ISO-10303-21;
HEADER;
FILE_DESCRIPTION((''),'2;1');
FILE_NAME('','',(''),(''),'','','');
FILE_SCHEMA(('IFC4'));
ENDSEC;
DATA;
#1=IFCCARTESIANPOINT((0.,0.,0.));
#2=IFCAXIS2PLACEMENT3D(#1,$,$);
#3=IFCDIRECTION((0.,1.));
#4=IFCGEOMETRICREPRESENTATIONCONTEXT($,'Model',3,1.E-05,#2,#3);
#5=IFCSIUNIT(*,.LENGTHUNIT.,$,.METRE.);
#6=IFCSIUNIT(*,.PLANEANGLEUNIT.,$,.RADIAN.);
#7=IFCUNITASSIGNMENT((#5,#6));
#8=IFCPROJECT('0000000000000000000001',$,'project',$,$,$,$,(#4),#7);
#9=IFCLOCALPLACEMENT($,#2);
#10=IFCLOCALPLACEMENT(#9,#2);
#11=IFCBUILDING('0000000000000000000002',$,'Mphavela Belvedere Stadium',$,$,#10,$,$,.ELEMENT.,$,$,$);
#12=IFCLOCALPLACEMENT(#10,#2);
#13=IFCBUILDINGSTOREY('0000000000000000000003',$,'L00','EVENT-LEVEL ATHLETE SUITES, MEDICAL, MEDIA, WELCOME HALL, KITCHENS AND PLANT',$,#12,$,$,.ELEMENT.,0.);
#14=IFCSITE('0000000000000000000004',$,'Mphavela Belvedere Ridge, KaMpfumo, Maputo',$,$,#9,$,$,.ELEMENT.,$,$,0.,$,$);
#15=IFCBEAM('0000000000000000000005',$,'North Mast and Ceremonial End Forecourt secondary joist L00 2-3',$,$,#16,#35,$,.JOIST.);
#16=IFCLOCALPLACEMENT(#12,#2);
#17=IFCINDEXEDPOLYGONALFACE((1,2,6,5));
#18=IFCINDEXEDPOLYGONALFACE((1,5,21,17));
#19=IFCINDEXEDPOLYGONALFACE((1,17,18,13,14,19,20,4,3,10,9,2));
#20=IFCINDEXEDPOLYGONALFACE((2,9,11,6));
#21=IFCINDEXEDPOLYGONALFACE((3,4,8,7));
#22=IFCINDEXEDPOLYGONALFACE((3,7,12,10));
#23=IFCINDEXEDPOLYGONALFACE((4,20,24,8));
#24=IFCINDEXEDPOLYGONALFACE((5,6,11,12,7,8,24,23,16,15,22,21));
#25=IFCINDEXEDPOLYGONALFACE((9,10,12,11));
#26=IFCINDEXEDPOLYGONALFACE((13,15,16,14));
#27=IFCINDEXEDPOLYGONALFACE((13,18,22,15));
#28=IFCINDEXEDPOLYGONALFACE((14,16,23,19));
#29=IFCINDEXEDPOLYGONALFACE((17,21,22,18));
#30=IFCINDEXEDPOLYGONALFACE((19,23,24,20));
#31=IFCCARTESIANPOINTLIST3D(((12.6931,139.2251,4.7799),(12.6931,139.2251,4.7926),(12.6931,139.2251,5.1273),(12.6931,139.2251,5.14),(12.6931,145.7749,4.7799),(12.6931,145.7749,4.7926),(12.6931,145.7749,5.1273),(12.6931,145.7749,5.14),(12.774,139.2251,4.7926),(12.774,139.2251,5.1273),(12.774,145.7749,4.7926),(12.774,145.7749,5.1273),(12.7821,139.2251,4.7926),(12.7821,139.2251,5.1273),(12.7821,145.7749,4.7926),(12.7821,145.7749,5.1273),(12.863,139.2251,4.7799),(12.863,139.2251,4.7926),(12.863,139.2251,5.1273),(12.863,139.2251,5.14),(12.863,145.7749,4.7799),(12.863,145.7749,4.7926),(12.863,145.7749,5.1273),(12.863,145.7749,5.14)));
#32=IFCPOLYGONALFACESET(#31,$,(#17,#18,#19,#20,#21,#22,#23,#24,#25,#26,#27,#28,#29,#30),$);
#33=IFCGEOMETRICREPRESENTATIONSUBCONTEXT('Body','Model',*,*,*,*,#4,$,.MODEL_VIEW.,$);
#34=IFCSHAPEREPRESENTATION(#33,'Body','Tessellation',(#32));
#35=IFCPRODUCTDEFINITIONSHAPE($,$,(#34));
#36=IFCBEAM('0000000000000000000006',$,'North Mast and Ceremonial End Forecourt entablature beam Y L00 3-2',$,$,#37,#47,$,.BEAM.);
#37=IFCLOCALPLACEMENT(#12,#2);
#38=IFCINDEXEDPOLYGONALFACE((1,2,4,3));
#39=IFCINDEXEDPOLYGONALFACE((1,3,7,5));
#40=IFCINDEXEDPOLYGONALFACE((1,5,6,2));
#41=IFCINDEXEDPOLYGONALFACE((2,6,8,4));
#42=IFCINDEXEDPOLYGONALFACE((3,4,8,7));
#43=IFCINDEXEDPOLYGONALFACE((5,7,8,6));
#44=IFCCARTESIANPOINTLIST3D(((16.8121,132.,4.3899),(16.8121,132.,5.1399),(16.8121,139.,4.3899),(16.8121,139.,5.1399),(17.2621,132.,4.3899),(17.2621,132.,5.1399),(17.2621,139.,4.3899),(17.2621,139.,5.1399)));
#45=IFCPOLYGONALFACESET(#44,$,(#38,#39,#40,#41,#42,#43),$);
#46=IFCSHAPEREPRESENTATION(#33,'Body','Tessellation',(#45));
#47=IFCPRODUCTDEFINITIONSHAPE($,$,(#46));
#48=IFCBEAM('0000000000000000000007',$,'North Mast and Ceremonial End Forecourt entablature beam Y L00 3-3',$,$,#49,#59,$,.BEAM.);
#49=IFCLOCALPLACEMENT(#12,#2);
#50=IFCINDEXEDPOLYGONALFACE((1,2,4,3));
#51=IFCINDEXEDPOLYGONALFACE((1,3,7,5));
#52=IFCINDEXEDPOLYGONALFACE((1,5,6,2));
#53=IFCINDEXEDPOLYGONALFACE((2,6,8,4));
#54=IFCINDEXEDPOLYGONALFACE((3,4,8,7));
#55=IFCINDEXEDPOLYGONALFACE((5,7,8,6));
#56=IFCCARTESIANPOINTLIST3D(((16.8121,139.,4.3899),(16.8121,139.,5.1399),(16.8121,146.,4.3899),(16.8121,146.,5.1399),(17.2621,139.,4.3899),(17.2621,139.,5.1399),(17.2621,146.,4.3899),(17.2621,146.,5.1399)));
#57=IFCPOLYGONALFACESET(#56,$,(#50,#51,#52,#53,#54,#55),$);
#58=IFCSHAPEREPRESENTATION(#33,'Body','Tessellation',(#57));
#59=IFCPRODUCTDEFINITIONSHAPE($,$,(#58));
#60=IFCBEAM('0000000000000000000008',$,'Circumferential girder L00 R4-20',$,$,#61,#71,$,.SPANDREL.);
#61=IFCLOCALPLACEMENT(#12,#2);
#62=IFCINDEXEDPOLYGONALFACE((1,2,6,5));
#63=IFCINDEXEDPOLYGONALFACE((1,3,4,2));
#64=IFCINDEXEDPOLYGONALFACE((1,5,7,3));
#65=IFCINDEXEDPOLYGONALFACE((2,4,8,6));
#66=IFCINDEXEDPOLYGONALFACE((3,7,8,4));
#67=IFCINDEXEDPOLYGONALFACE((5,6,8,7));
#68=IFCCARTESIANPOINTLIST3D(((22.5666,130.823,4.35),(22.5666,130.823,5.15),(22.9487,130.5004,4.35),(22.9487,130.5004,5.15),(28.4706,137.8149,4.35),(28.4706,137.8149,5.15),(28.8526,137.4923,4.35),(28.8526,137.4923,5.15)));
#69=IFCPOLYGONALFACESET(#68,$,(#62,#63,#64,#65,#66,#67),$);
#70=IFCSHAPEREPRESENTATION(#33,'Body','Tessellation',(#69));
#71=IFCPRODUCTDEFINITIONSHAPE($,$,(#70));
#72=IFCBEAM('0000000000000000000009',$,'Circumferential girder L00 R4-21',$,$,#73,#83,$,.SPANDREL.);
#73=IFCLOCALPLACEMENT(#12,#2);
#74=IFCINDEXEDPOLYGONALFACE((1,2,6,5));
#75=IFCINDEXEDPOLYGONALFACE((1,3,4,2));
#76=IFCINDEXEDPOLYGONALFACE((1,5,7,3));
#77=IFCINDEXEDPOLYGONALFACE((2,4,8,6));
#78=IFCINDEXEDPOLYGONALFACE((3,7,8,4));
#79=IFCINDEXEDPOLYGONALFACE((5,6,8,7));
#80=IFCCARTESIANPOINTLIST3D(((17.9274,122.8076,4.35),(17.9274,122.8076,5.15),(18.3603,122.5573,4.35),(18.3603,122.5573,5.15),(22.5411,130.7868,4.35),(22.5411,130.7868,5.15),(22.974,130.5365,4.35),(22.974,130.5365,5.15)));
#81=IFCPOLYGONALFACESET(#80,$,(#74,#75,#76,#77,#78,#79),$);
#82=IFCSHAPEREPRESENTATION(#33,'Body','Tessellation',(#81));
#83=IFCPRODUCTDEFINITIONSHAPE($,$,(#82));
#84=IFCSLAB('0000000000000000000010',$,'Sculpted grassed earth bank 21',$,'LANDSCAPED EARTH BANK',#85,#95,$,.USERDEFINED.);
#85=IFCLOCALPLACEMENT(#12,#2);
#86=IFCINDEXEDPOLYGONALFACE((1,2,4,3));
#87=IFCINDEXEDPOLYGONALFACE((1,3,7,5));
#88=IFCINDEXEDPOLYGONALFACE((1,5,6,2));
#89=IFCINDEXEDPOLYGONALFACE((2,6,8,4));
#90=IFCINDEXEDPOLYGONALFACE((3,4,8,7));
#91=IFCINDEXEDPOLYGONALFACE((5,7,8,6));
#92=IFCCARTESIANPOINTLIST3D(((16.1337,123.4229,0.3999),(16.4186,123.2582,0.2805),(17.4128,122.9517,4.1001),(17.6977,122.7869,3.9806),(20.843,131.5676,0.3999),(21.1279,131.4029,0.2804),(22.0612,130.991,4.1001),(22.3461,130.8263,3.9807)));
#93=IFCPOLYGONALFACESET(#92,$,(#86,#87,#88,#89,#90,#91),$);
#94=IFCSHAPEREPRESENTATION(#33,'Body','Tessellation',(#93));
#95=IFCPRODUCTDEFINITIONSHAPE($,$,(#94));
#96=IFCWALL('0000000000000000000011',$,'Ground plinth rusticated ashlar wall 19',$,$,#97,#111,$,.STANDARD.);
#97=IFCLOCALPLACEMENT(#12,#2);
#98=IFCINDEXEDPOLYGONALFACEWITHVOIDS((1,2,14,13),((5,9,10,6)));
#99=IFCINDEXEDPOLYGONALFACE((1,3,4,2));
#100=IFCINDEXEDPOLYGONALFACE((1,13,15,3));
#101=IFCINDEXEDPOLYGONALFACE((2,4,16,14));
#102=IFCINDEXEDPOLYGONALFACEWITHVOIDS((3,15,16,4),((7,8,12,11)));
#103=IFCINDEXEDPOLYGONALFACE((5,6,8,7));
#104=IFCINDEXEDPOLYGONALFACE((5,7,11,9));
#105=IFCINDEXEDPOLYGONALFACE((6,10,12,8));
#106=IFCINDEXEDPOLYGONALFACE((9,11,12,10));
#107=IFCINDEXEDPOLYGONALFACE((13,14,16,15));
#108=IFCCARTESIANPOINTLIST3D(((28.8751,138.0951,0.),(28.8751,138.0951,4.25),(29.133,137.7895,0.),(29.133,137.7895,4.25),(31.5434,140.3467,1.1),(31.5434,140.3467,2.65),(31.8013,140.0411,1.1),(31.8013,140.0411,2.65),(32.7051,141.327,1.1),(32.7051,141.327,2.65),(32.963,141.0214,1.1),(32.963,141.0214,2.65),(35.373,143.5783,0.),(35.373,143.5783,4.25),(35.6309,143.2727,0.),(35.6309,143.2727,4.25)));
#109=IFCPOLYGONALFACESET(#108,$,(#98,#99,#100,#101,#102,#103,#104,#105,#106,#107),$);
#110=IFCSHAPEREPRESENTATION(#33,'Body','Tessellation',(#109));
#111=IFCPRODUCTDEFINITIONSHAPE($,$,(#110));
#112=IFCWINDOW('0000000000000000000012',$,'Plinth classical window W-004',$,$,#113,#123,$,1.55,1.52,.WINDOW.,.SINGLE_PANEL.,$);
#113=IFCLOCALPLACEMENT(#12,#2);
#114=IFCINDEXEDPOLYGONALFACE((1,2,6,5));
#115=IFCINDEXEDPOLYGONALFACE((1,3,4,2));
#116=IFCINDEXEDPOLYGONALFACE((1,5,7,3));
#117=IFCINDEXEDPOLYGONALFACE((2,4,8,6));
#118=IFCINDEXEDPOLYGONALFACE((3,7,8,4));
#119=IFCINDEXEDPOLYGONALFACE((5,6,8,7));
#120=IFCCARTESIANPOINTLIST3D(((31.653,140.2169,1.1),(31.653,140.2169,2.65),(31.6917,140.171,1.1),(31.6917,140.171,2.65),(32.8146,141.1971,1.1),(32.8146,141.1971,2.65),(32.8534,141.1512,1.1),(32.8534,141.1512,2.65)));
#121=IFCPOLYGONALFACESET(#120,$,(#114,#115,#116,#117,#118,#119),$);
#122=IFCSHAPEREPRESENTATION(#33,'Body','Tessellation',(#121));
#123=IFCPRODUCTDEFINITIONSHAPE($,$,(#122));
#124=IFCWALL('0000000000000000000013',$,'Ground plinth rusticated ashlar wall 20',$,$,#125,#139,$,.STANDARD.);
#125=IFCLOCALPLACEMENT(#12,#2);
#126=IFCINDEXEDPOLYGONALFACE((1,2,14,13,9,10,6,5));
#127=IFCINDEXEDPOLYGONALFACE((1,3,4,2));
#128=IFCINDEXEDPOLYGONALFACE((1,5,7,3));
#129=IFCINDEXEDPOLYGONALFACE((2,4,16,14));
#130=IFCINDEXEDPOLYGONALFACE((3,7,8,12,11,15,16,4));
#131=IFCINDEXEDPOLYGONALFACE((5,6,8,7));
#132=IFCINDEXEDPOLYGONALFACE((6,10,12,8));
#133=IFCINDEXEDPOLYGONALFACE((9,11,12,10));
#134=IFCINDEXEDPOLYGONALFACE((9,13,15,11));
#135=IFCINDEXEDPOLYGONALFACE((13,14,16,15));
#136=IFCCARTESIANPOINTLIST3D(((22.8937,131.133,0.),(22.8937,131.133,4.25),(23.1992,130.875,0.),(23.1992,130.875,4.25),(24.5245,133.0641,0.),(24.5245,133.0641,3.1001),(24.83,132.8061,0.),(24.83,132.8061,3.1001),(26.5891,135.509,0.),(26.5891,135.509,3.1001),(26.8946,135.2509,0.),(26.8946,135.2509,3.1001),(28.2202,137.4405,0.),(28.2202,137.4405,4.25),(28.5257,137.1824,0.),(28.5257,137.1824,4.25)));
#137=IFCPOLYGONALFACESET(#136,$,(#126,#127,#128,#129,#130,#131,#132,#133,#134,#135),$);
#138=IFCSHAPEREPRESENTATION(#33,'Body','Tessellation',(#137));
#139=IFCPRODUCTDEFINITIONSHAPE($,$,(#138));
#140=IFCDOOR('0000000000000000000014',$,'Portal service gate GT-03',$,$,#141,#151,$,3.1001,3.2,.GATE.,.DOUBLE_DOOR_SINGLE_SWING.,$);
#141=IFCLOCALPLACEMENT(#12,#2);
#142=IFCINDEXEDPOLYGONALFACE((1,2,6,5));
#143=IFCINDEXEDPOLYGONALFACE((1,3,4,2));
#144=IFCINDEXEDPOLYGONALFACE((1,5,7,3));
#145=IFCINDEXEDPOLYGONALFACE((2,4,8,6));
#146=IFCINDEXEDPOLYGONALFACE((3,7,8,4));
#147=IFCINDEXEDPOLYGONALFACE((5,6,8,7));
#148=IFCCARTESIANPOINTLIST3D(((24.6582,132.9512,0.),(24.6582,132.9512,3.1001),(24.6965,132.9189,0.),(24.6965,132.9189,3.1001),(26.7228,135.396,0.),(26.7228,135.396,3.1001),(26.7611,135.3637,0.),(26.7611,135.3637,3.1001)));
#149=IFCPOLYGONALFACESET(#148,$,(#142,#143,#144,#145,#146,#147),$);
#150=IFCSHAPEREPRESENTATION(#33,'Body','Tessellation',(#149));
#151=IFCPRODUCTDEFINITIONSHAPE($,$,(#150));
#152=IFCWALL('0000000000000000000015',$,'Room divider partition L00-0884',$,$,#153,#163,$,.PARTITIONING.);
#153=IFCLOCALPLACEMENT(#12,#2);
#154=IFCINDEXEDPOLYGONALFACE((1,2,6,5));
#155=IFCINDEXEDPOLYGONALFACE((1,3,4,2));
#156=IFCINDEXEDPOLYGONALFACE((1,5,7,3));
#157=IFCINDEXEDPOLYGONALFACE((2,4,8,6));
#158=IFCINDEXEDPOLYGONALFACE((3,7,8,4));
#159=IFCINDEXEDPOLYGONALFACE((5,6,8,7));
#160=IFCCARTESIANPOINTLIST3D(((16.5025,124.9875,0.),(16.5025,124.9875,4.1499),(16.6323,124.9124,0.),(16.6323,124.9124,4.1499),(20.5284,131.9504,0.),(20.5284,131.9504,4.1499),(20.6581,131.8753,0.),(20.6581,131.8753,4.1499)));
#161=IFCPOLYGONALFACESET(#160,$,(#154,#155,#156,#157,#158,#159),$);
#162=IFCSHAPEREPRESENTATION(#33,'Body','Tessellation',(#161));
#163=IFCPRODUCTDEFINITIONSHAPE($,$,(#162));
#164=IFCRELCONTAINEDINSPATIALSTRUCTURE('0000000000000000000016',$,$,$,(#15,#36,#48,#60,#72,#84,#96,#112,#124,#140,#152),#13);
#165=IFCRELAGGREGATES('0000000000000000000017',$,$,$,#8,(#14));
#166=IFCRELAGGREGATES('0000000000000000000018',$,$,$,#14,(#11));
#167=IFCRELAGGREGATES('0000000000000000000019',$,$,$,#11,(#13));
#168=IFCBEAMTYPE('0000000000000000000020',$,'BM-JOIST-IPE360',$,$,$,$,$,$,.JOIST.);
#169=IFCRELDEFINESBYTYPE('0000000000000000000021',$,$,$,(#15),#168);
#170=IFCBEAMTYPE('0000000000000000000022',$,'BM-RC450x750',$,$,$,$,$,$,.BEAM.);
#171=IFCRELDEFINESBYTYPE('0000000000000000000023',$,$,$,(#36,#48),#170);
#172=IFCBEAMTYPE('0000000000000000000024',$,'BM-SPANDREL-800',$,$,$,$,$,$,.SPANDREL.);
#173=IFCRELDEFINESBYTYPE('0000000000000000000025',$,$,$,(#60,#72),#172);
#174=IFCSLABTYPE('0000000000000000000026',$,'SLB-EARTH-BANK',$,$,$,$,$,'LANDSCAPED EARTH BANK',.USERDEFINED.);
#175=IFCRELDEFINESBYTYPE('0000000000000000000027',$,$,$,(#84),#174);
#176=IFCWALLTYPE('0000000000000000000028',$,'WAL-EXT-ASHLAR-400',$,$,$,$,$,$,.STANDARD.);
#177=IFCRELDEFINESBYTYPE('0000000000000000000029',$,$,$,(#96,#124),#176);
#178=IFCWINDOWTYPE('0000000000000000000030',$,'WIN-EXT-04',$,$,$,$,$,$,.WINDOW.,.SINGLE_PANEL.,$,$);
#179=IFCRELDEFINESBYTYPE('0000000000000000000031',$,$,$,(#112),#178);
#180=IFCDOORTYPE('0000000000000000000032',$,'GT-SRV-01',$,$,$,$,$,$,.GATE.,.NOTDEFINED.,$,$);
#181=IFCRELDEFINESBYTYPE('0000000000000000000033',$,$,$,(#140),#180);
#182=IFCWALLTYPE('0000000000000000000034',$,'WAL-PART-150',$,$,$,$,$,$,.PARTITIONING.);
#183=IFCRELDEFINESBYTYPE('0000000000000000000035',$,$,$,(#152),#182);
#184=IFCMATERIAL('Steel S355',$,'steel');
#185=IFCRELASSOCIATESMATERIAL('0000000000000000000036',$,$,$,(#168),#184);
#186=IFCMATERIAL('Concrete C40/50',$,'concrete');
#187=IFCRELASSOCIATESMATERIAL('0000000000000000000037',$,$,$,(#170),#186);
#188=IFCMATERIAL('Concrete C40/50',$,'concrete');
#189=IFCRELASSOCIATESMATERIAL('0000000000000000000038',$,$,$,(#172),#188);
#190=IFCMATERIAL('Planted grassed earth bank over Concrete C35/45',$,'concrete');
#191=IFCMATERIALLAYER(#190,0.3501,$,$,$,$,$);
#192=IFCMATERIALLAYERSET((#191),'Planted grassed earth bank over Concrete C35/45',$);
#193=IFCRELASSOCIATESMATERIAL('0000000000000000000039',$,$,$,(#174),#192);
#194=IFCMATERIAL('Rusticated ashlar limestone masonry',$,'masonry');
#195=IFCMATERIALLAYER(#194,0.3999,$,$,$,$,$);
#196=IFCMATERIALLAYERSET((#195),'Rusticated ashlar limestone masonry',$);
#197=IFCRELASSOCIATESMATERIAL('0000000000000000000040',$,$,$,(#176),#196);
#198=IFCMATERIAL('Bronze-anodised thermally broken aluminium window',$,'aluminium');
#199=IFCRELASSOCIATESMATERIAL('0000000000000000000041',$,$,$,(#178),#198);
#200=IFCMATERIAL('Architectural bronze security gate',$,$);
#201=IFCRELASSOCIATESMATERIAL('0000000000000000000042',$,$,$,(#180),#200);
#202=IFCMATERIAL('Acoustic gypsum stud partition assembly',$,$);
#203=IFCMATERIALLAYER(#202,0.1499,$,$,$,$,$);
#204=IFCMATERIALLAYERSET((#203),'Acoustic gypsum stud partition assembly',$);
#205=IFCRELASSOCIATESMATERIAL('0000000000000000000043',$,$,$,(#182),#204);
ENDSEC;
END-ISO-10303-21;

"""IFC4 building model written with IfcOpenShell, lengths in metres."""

from ifc_helpers import new_model, si_unit, direction, frame, frame_2d, origin, origin_2d, place, context, subcontext, project, spatial, polyline, rectangle, i_section, outline, extrude, material, layer, layer_set, material_profile, profile_set, type_object, element, fill, save


model = new_model("IFC4")

# Units and contexts
model_context = context("Model", 3, precision=1e-05, world=origin(), true_north=direction((0.0, 1.0)))
body_context = subcontext(model_context, "Body", "Model", "MODEL_VIEW")
ifc_project = project(units=[si_unit("LENGTHUNIT", "METRE"), si_unit("PLANEANGLEUNIT", "RADIAN")], contexts=[model_context])

# Site, building, storey
site_placement = place(None, origin())
site = spatial("IfcSite", under=ifc_project, at=site_placement, Name="Mphavela Belvedere Ridge, KaMpfumo, Maputo", CompositionType="ELEMENT", RefElevation=0.0)
building_placement = place(site_placement, origin())
building = spatial("IfcBuilding", under=site, at=building_placement, Name="Mphavela Belvedere Stadium", CompositionType="ELEMENT")
storey_placement = place(building_placement, origin())
storey = spatial("IfcBuildingStorey", under=building, at=storey_placement, Name="L00", Description="EVENT-LEVEL ATHLETE SUITES, MEDICAL, MEDIA, WELCOME HALL, KITCHENS AND PLANT", CompositionType="ELEMENT", Elevation=0.0)

# Beams
ifc_material_1 = material(Name="Steel S355", Category="steel")
ifc_material_profile_1 = material_profile(ifc_material_1, i_section(OverallWidth=0.1699, OverallDepth=0.3601, WebThickness=0.0081, FlangeThickness=0.0127, at=origin_2d()), Name="IPE 360")
ifc_profile_set_1 = profile_set([ifc_material_profile_1], Name="Steel S355")
beam_type_1 = type_object("IfcBeamType", Name="BM-JOIST-IPE360", PredefinedType="JOIST", material=ifc_profile_set_1)
beam_1_placement = place(storey_placement, frame((12.7781, 139.2251, 4.96), z_axis=(0.0, 1.0, 0.0), x_axis=(-1.0, 0.0, 0.0)))
element("IfcBeam", 1, at=beam_1_placement, inside=storey, type_object=beam_type_1, Name="North Mast and Ceremonial End Forecourt secondary joist L00 2-3", PredefinedType="JOIST", context=body_context, shape_type="SweptSolid", body=[
    extrude(i_section(OverallWidth=0.1699, OverallDepth=0.3601, WebThickness=0.0081, FlangeThickness=0.0127, at=origin_2d()), origin(), (0.0, 0.0, 1.0), 6.5498),
])
ifc_material_2 = material(Name="Concrete C40/50", Category="concrete")
ifc_material_profile_2 = material_profile(ifc_material_2, rectangle(XDim=0.45, YDim=0.75, at=origin_2d()), Name="RC 450x750")
ifc_profile_set_2 = profile_set([ifc_material_profile_2], Name="Concrete C40/50")
beam_type_2 = type_object("IfcBeamType", Name="BM-RC450x750", PredefinedType="BEAM", material=ifc_profile_set_2)
for number, where, z_axis, x_axis, name in (
    (2, (17.0371, 132.0, 4.7649), (0.0, 1.0, 0.0), (-1.0, 0.0, 0.0), "North Mast and Ceremonial End Forecourt entablature beam Y L00 3-2"),
    (3, (17.0371, 139.0, 4.7649), (0.0, 1.0, 0.0), (-1.0, 0.0, 0.0), "North Mast and Ceremonial End Forecourt entablature beam Y L00 3-3"),
):
    element("IfcBeam", number, at=place(storey_placement, frame(where, z_axis=z_axis, x_axis=x_axis)), inside=storey, type_object=beam_type_2, Name=name, PredefinedType="BEAM", context=body_context, shape_type="SweptSolid", body=[
        extrude(rectangle(XDim=0.45, YDim=0.75, at=origin_2d()), origin(), (0.0, 0.0, 1.0), 7.0),
    ])
ifc_material_3 = material(Name="Concrete C40/50", Category="concrete")
ifc_material_profile_3 = material_profile(ifc_material_3, rectangle(XDim=0.5, YDim=0.8, at=origin_2d()), Name="RC 500x800")
ifc_profile_set_3 = profile_set([ifc_material_profile_3], Name="Concrete C40/50")
beam_type_3 = type_object("IfcBeamType", Name="BM-SPANDREL-800", PredefinedType="SPANDREL", material=ifc_profile_set_3)
beam_2_placement = place(storey_placement, frame((28.6616, 137.6536, 4.75), z_axis=(-0.645165, -0.764044, 0.0), x_axis=(0.764044, -0.645165, 0.0)))
element("IfcBeam", 4, at=beam_2_placement, inside=storey, type_object=beam_type_3, Name="Circumferential girder L00 R4-20", PredefinedType="SPANDREL", context=body_context, shape_type="SweptSolid", body=[
    extrude(rectangle(XDim=0.5, YDim=0.8, at=origin_2d()), origin(), (0.0, 0.0, 1.0), 9.1511),
])
beam_3_placement = place(storey_placement, frame((22.7576, 130.6616, 4.75), z_axis=(-0.500565, -0.865699, 0.0), x_axis=(0.865699, -0.500565, 0.0)))
element("IfcBeam", 5, at=beam_3_placement, inside=storey, type_object=beam_type_3, Name="Circumferential girder L00 R4-21", PredefinedType="SPANDREL", context=body_context, shape_type="SweptSolid", body=[
    extrude(rectangle(XDim=0.5, YDim=0.8, at=origin_2d()), origin(), (0.0, 0.0, 1.0), 9.217),
])

# Slab
ifc_material_4 = material(Name="Planted grassed earth bank over Concrete C35/45", Category="concrete")
ifc_layer_1 = layer(ifc_material_4, 0.3501)
ifc_layer_set_1 = layer_set([ifc_layer_1], Name="Planted grassed earth bank over Concrete C35/45")
slab_type = type_object("IfcSlabType", Name="SLB-EARTH-BANK", ElementType="LANDSCAPED EARTH BANK", PredefinedType="USERDEFINED", material=ifc_layer_set_1)
slab_placement = place(storey_placement, frame((20.843, 131.5676, 0.3999), z_axis=(-0.813747, 0.47051, 0.341226), x_axis=(-0.500552, -0.865707, 0.000003)))
element("IfcSlab", 6, at=slab_placement, inside=storey, type_object=slab_type, Name="Sculpted grassed earth bank 21", ObjectType="LANDSCAPED EARTH BANK", PredefinedType="USERDEFINED", context=body_context, shape_type="SweptSolid", body=[
    extrude(outline(polyline([(0.0, 0.0), (9.4082, 0.0), (9.1759, 3.9364), (-0.1106, 3.9365), (0.0, 0.0)])), origin(), (0.0, 0.0, -1.0), 0.3501),
])

# Wall, opening, window
ifc_material_5 = material(Name="Rusticated ashlar limestone masonry", Category="masonry")
ifc_layer_2 = layer(ifc_material_5, 0.3999)
ifc_layer_set_2 = layer_set([ifc_layer_2], Name="Rusticated ashlar limestone masonry")
wall_type_1 = type_object("IfcWallType", Name="WAL-EXT-ASHLAR-400", PredefinedType="STANDARD", material=ifc_layer_set_2)
wall_1_placement = place(storey_placement, frame((29.0042, 137.9424, 0.0), z_axis=(0.0, 0.0, 1.0), x_axis=(0.764255, 0.644914, 0.0)))
wall_1 = element("IfcWall", 7, at=wall_1_placement, inside=storey, type_object=wall_type_1, Name="Ground plinth rusticated ashlar wall 19", PredefinedType="STANDARD", context=body_context, shape_type="SweptSolid", body=[
    extrude(rectangle(XDim=8.5022, YDim=0.3999, at=frame_2d((4.251, 0.0))), origin(), (0.0, 0.0, 1.0), 4.25),
])
opening_1_placement = place(wall_1_placement, frame((3.4912, 0.0, 1.1001)))
opening_1 = element("IfcOpeningElement", 8, at=opening_1_placement, cuts=wall_1, PredefinedType="OPENING", context=body_context, shape_type="SweptSolid", body=[
    extrude(rectangle(XDim=1.52, YDim=1.55, at=frame_2d((0.76, 0.7749))), frame((0.0, 0.21, 0.0), z_axis=(0.0, -1.0, 0.0), x_axis=(1.0, 0.0, 0.0)), (0.0, 0.0, 1.0), 0.4199),
])
ifc_material_6 = material(Name="Bronze-anodised thermally broken aluminium window", Category="aluminium")
window_type = type_object("IfcWindowType", Name="WIN-EXT-04", PartitioningType="SINGLE_PANEL", PredefinedType="WINDOW", material=ifc_material_6)
window_placement = place(opening_1_placement, origin())
window = element("IfcWindow", 9, at=window_placement, inside=storey, type_object=window_type, Name="Plinth classical window W-004", OverallHeight=1.55, OverallWidth=1.52, PartitioningType="SINGLE_PANEL", PredefinedType="WINDOW", context=body_context, shape_type="SweptSolid", body=[
    extrude(rectangle(XDim=1.52, YDim=1.55, at=frame_2d((0.76, 0.7749))), frame((0.0, 0.03, 0.0), z_axis=(0.0, -1.0, 0.0), x_axis=(1.0, 0.0, 0.0)), (0.0, 0.0, 1.0), 0.0601),
])
fill(opening_1, window)

# Wall, opening, door
wall_2_placement = place(storey_placement, frame((23.0464, 131.0039, 0.0), z_axis=(0.0, 0.0, 1.0), x_axis=(0.645194, 0.764019, 0.0)))
wall_2 = element("IfcWall", 10, at=wall_2_placement, inside=storey, type_object=wall_type_1, Name="Ground plinth rusticated ashlar wall 20", PredefinedType="STANDARD", context=body_context, shape_type="SweptSolid", body=[
    extrude(rectangle(XDim=8.2556, YDim=0.3999, at=frame_2d((4.1279, 0.0))), origin(), (0.0, 0.0, 1.0), 4.25),
])
opening_2_placement = place(wall_2_placement, frame((2.5276, 0.0, 0.0)))
opening_2 = element("IfcOpeningElement", 11, at=opening_2_placement, cuts=wall_2, PredefinedType="OPENING", context=body_context, shape_type="SweptSolid", body=[
    extrude(rectangle(XDim=3.2, YDim=3.1001, at=frame_2d((1.6001, 1.55))), frame((0.0, 0.21, 0.0), z_axis=(0.0, -1.0, 0.0), x_axis=(1.0, 0.0, 0.0)), (0.0, 0.0, 1.0), 0.4199),
])
ifc_material_7 = material(Name="Architectural bronze security gate")
door_type = type_object("IfcDoorType", Name="GT-SRV-01", OperationType="NOTDEFINED", PredefinedType="GATE", material=ifc_material_7)
door_placement = place(opening_2_placement, origin())
door = element("IfcDoor", 12, at=door_placement, inside=storey, type_object=door_type, Name="Portal service gate GT-03", OperationType="DOUBLE_DOOR_SINGLE_SWING", OverallHeight=3.1001, OverallWidth=3.2, PredefinedType="GATE", context=body_context, shape_type="SweptSolid", body=[
    extrude(rectangle(XDim=3.2, YDim=3.1001, at=frame_2d((1.6001, 1.55))), frame((0.0, 0.0249, 0.0), z_axis=(0.0, -1.0, 0.0), x_axis=(1.0, 0.0, 0.0)), (0.0, 0.0, 1.0), 0.05),
])
fill(opening_2, door)

# Wall
ifc_material_8 = material(Name="Acoustic gypsum stud partition assembly")
ifc_layer_3 = layer(ifc_material_8, 0.1499)
ifc_layer_set_3 = layer_set([ifc_layer_3], Name="Acoustic gypsum stud partition assembly")
wall_type_2 = type_object("IfcWallType", Name="WAL-PART-150", PredefinedType="PARTITIONING", material=ifc_layer_set_3)
wall_3_placement = place(storey_placement, frame((20.5933, 131.9128, 0.0), z_axis=(0.0, 0.0, 1.0), x_axis=(-0.500546, -0.86571, 0.0)))
element("IfcWall", 13, at=wall_3_placement, inside=storey, type_object=wall_type_2, Name="Room divider partition L00-0884", PredefinedType="PARTITIONING", context=body_context, shape_type="SweptSolid", body=[
    extrude(rectangle(XDim=8.043, YDim=0.1499, at=frame_2d((4.0215, 0.0))), origin(), (0.0, 0.0, 1.0), 4.1499),
])

save(model, "model.ifc")
